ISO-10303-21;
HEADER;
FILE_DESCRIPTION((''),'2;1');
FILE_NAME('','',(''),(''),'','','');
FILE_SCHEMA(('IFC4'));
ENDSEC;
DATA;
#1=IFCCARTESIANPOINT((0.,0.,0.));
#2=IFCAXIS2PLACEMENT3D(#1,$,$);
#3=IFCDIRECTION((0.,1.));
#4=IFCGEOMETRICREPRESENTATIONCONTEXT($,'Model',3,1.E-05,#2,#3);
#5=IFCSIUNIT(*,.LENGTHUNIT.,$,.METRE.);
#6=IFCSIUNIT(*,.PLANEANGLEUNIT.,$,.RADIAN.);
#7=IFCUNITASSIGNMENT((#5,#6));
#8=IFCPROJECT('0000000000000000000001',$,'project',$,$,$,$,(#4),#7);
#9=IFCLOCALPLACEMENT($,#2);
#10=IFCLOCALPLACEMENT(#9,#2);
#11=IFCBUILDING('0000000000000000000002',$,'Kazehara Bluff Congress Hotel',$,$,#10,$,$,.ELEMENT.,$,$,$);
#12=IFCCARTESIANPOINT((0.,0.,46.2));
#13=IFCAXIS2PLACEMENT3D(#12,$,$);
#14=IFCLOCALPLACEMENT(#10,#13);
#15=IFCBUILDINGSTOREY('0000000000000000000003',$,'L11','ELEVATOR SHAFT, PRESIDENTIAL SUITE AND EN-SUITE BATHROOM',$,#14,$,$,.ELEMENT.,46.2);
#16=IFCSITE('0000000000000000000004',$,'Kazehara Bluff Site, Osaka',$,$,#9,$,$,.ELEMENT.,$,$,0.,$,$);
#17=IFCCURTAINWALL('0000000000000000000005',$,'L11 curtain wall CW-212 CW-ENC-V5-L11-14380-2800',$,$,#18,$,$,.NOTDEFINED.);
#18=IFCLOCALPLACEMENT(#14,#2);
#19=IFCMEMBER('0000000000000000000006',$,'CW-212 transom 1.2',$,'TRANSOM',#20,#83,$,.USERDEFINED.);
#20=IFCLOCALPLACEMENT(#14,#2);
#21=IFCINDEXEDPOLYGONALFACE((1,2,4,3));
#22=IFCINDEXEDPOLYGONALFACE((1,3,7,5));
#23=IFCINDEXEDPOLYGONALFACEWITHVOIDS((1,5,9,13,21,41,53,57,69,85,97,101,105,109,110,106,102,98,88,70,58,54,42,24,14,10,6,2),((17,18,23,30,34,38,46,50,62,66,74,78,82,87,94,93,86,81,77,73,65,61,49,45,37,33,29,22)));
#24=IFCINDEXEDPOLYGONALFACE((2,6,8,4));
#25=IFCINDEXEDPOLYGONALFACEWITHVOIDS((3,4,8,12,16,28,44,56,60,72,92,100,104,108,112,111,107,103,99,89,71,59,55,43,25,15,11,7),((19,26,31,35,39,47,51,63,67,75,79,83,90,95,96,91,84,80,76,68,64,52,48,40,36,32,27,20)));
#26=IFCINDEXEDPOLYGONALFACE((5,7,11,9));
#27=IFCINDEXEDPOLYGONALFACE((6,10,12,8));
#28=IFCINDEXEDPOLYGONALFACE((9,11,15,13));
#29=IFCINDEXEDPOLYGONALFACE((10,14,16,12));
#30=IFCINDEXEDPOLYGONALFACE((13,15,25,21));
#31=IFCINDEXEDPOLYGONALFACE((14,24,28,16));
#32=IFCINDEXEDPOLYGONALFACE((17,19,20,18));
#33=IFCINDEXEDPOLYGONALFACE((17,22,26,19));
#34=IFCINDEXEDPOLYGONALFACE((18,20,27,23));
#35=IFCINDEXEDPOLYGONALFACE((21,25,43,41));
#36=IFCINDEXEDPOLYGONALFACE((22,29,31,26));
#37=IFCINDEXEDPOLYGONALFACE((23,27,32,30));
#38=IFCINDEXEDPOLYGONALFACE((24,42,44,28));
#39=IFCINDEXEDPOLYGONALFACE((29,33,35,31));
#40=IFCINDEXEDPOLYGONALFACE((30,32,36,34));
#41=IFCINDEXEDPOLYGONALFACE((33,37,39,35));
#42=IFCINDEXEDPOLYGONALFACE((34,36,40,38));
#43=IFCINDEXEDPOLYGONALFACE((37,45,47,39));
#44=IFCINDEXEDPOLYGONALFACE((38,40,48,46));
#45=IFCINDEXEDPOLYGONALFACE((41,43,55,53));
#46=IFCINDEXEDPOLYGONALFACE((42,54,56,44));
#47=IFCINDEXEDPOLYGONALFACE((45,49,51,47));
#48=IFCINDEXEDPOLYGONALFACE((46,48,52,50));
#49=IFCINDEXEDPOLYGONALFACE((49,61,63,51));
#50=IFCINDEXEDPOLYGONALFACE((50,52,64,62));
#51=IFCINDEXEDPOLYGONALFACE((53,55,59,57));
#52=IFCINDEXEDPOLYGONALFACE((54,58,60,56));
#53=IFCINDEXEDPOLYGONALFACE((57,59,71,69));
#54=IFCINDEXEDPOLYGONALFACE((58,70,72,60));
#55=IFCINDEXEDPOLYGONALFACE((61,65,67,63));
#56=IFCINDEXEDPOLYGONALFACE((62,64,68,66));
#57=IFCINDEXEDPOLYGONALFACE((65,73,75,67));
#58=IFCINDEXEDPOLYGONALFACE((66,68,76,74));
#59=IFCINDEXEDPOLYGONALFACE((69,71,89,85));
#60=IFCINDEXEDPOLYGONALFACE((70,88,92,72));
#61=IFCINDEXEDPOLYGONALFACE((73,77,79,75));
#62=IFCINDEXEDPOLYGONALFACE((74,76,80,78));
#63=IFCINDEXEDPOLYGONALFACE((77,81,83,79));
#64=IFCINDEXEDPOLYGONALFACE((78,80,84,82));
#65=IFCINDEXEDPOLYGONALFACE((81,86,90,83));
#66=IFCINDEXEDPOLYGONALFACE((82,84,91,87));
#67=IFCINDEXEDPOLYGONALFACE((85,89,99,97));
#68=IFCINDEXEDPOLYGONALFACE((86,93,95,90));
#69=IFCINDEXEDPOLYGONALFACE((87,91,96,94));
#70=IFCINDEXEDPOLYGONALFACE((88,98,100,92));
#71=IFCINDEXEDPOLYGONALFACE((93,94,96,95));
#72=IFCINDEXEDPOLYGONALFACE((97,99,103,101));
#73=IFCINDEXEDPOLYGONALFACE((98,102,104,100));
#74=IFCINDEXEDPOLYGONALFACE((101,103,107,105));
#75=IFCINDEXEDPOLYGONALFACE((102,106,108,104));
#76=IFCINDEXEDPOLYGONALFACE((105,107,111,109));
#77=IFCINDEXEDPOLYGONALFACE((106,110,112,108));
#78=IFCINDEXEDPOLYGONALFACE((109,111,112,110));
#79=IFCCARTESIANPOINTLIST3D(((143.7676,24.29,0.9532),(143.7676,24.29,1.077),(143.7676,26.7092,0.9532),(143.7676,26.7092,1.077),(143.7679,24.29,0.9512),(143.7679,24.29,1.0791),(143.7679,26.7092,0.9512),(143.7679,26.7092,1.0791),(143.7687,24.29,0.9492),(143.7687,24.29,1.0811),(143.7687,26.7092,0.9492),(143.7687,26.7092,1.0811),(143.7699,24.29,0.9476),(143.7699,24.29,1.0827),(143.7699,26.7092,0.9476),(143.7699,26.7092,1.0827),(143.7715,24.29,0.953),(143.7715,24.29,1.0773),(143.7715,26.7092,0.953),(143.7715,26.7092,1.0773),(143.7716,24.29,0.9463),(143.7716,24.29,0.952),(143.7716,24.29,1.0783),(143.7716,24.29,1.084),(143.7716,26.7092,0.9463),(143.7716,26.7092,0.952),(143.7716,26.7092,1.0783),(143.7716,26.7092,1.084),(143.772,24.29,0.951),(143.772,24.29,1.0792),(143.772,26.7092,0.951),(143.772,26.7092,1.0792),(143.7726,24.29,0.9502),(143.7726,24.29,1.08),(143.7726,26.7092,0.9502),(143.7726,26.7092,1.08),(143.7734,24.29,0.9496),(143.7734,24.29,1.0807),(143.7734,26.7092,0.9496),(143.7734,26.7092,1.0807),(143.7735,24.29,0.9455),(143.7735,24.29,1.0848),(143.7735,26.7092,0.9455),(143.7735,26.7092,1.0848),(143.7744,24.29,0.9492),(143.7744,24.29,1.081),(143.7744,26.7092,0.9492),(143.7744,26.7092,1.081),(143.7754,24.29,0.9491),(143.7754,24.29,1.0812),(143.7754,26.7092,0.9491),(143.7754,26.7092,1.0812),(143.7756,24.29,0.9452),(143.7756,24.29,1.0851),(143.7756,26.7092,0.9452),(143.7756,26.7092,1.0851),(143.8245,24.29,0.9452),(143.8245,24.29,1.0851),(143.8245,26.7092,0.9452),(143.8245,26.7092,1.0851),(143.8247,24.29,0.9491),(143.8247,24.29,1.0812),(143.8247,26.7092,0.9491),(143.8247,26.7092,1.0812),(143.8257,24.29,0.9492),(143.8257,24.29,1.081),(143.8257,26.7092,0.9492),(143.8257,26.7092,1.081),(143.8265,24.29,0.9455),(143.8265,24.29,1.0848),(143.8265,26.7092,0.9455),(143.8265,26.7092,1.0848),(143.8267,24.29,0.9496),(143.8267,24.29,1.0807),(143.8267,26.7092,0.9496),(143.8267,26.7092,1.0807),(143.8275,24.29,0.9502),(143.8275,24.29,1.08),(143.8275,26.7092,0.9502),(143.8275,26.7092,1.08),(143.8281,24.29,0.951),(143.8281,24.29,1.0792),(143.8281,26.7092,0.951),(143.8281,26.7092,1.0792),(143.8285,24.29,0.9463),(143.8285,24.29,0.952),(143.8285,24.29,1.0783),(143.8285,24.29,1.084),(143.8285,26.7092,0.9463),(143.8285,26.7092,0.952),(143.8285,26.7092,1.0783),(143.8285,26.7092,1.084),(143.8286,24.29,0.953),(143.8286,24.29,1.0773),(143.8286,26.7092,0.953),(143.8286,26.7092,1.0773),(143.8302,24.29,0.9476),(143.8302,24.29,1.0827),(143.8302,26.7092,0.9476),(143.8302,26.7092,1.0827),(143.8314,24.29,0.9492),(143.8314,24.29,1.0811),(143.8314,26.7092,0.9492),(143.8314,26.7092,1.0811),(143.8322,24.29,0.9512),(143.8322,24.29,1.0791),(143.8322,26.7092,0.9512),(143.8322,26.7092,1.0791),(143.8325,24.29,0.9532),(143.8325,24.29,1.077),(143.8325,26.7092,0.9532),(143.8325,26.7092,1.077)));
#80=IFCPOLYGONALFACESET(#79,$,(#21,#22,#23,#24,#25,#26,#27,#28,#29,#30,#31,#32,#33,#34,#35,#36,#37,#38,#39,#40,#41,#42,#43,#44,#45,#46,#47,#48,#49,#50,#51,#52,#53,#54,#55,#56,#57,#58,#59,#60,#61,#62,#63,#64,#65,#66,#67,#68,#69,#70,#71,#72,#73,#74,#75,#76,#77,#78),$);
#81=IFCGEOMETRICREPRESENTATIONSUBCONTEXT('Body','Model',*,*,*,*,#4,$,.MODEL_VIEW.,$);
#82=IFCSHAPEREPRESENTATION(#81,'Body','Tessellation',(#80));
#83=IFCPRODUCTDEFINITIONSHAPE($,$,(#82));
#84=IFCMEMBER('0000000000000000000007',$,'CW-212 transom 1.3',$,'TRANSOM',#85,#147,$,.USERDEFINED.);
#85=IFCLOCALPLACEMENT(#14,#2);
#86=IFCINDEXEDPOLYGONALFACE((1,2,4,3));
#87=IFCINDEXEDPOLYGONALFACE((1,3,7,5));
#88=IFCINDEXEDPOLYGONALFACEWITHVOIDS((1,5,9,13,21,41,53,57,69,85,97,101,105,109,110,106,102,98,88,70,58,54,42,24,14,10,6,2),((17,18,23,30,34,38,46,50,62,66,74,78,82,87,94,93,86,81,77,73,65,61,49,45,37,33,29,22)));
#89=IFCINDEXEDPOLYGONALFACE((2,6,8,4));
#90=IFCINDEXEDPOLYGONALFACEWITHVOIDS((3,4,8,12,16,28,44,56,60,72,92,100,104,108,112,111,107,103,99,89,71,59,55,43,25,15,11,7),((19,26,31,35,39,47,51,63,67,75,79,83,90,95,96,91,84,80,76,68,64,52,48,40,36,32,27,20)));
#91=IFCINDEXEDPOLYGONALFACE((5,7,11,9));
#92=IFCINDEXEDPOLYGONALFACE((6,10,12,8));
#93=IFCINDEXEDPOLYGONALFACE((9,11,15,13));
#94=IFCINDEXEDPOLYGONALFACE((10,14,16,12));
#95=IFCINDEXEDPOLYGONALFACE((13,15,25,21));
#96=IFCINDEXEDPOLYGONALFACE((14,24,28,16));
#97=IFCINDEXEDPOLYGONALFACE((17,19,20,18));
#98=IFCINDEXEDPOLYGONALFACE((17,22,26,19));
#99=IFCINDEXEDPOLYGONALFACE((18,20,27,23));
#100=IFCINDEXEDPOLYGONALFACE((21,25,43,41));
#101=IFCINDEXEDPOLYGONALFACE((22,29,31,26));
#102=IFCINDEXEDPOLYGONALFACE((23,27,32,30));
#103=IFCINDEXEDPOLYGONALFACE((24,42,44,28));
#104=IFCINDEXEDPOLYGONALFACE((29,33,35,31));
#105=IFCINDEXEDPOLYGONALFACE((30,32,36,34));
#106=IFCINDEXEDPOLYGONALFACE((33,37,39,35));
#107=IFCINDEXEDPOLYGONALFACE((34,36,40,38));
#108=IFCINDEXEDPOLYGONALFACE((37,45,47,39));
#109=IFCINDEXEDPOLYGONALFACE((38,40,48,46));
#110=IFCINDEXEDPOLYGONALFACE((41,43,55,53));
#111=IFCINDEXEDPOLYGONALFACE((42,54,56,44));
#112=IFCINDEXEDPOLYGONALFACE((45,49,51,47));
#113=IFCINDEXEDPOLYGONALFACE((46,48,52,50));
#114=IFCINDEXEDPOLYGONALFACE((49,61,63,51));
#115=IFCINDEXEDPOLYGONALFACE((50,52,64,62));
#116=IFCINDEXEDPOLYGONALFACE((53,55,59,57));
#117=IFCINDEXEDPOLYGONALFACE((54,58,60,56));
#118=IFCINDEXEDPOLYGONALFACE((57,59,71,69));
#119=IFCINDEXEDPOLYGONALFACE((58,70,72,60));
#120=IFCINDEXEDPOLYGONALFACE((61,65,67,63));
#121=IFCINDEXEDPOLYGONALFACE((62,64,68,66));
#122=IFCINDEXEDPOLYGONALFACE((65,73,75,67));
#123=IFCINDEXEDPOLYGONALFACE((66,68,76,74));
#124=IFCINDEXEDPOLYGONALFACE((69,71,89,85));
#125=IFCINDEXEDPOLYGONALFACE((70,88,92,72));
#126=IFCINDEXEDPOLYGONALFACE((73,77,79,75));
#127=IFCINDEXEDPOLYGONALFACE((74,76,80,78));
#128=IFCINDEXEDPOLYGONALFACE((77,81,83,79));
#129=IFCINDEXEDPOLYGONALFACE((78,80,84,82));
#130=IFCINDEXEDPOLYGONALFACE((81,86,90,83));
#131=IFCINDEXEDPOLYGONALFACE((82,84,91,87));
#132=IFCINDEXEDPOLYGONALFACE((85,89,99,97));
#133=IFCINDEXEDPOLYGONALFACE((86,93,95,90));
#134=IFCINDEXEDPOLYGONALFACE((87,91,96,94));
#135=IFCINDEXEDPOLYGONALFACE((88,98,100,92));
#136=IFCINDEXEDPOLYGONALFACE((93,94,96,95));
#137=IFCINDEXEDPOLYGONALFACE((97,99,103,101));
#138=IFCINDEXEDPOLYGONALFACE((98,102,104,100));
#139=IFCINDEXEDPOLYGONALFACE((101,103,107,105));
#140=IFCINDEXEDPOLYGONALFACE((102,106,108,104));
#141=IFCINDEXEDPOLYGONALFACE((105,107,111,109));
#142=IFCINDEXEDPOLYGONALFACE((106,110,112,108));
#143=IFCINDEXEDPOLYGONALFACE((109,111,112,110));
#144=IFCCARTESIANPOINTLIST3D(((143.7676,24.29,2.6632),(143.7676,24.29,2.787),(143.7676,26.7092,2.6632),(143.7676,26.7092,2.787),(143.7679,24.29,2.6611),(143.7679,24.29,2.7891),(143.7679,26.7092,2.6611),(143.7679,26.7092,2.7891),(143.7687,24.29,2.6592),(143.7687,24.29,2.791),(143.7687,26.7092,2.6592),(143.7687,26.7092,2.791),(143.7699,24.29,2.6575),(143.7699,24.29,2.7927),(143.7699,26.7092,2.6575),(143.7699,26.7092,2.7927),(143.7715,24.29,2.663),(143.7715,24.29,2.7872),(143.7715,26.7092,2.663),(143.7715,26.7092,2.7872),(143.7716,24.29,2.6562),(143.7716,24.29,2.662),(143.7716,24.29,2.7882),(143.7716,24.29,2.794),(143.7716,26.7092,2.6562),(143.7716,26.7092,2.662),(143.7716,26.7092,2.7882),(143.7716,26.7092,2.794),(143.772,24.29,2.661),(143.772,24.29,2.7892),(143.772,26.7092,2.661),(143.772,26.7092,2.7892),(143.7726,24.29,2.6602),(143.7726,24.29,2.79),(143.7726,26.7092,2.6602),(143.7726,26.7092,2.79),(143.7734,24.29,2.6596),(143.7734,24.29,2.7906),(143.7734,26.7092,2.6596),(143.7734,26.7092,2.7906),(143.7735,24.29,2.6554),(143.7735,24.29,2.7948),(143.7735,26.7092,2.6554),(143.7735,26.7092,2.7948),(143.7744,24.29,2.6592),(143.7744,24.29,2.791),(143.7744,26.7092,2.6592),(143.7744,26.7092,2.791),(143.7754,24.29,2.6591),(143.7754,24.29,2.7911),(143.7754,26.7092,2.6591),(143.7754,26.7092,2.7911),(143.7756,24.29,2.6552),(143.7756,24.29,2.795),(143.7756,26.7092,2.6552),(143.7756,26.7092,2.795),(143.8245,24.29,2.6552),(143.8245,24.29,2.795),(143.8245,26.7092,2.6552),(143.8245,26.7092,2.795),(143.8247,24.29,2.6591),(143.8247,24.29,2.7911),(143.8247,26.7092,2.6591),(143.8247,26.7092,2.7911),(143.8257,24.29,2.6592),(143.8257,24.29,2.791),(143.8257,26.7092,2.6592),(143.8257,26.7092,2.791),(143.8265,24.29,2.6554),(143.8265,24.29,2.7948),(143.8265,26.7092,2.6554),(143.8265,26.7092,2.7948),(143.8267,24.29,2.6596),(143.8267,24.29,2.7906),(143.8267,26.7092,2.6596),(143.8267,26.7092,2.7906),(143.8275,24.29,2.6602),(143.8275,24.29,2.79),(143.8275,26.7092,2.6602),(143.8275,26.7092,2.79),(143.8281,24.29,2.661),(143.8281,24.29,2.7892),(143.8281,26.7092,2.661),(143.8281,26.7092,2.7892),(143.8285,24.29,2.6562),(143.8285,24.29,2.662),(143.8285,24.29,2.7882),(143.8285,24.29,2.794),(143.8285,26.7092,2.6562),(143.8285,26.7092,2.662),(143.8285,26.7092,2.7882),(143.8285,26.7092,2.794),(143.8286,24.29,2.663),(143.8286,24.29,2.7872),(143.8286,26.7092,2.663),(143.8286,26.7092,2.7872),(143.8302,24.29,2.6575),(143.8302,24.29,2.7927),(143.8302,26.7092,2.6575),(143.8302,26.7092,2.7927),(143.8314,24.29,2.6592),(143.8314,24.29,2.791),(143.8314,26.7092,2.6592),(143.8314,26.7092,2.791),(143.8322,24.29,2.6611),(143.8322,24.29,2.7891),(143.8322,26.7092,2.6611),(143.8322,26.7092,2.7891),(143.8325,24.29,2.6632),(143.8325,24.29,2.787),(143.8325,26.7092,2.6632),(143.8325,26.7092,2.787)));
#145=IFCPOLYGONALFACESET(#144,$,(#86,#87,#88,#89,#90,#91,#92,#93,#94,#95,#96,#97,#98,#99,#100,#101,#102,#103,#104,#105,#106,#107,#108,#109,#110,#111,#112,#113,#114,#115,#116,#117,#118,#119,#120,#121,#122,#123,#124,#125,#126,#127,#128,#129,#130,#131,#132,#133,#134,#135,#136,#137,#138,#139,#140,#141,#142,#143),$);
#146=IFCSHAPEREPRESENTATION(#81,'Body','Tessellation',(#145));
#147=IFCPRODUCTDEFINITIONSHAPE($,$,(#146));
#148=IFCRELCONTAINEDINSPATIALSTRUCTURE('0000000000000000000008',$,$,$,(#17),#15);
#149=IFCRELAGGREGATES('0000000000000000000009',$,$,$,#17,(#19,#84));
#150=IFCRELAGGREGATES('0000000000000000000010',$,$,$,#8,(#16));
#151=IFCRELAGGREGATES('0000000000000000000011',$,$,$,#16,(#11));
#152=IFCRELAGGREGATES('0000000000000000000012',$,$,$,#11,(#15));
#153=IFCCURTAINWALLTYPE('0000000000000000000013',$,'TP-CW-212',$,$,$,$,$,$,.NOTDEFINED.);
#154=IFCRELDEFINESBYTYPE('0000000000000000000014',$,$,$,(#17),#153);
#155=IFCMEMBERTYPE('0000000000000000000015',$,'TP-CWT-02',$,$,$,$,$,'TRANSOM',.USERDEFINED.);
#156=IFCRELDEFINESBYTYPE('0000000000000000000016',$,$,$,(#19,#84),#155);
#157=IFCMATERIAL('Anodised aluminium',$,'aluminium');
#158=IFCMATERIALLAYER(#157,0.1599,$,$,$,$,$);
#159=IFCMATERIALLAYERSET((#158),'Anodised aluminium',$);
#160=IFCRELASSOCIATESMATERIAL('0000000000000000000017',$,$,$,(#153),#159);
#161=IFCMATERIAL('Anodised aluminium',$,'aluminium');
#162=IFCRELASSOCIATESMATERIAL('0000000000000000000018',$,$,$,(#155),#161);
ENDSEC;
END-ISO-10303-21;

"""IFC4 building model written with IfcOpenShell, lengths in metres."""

from ifc_helpers import new_model, si_unit, direction, frame, origin, origin_2d, place, context, subcontext, project, spatial, hollow_rectangle, extrude, material, layer, layer_set, material_profile, profile_set, type_object, element, aggregate, save


model = new_model("IFC4")

# Units and contexts
model_context = context("Model", 3, precision=1e-05, world=origin(), true_north=direction((0.0, 1.0)))
body_context = subcontext(model_context, "Body", "Model", "MODEL_VIEW")
ifc_project = project(units=[si_unit("LENGTHUNIT", "METRE"), si_unit("PLANEANGLEUNIT", "RADIAN")], contexts=[model_context])

# Site, building, storey
site_placement = place(None, origin())
site = spatial("IfcSite", under=ifc_project, at=site_placement, Name="Kazehara Bluff Site, Osaka", CompositionType="ELEMENT", RefElevation=0.0)
building_placement = place(site_placement, origin())
building = spatial("IfcBuilding", under=site, at=building_placement, Name="Kazehara Bluff Congress Hotel", CompositionType="ELEMENT")
storey_placement = place(building_placement, frame((0.0, 0.0, 46.2)))
storey = spatial("IfcBuildingStorey", under=building, at=storey_placement, Name="L11", Description="ELEVATOR SHAFT, PRESIDENTIAL SUITE AND EN-SUITE BATHROOM", CompositionType="ELEMENT", Elevation=46.2)

# Curtain wall
ifc_material_1 = material(Name="Anodised aluminium", Category="aluminium")
ifc_layer_1 = layer(ifc_material_1, 0.1599)
ifc_layer_set_1 = layer_set([ifc_layer_1], Name="Anodised aluminium")
curtain_wall_type = type_object("IfcCurtainWallType", Name="TP-CW-212", PredefinedType="NOTDEFINED", material=ifc_layer_set_1)
curtain_wall_1_placement = place(storey_placement, origin())
curtain_wall_1 = element("IfcCurtainWall", 1, at=curtain_wall_1_placement, inside=storey, type_object=curtain_wall_type, Name="L11 curtain wall CW-212 CW-ENC-V5-L11-14380-2800", PredefinedType="NOTDEFINED")

# Shared definitions
ifc_material_2 = material(Name="Anodised aluminium", Category="aluminium")
ifc_material_profile_1 = material_profile(ifc_material_2, hollow_rectangle(XDim=0.0649, YDim=0.1399, WallThickness=0.0039, InnerFilletRadius=0.0039, OuterFilletRadius=0.0081, at=origin_2d()))
ifc_profile_set_1 = profile_set([ifc_material_profile_1], Name="Anodised aluminium")
member_type_1 = type_object("IfcMemberType", Name="TP-CWT-02", ElementType="TRANSOM", PredefinedType="USERDEFINED", material=ifc_profile_set_1)

# Members
member_1_placement = place(storey_placement, frame((143.8, 24.29, 1.0151), z_axis=(0.0, 1.0, 0.0), x_axis=(-1.0, 0.0, 0.0)))
member_1 = element("IfcMember", 2, at=member_1_placement, type_object=member_type_1, Name="CW-212 transom 1.2", ObjectType="TRANSOM", PredefinedType="USERDEFINED", context=body_context, shape_type="SweptSolid", body=[
    extrude(hollow_rectangle(XDim=0.0649, YDim=0.1399, WallThickness=0.0039, InnerFilletRadius=0.0039, OuterFilletRadius=0.0081, at=origin_2d()), origin(), (0.0, 0.0, 1.0), 2.4192),
])
member_2_placement = place(storey_placement, frame((143.8, 24.29, 2.7251), z_axis=(0.0, 1.0, 0.0), x_axis=(-1.0, 0.0, 0.0)))
member_2 = element("IfcMember", 3, at=member_2_placement, type_object=member_type_1, Name="CW-212 transom 1.3", ObjectType="TRANSOM", PredefinedType="USERDEFINED", context=body_context, shape_type="SweptSolid", body=[
    extrude(hollow_rectangle(XDim=0.0649, YDim=0.1399, WallThickness=0.0039, InnerFilletRadius=0.0039, OuterFilletRadius=0.0081, at=origin_2d()), origin(), (0.0, 0.0, 1.0), 2.4192),
])

aggregate(curtain_wall_1, [member_1, member_2])

save(model, "model.ifc")
